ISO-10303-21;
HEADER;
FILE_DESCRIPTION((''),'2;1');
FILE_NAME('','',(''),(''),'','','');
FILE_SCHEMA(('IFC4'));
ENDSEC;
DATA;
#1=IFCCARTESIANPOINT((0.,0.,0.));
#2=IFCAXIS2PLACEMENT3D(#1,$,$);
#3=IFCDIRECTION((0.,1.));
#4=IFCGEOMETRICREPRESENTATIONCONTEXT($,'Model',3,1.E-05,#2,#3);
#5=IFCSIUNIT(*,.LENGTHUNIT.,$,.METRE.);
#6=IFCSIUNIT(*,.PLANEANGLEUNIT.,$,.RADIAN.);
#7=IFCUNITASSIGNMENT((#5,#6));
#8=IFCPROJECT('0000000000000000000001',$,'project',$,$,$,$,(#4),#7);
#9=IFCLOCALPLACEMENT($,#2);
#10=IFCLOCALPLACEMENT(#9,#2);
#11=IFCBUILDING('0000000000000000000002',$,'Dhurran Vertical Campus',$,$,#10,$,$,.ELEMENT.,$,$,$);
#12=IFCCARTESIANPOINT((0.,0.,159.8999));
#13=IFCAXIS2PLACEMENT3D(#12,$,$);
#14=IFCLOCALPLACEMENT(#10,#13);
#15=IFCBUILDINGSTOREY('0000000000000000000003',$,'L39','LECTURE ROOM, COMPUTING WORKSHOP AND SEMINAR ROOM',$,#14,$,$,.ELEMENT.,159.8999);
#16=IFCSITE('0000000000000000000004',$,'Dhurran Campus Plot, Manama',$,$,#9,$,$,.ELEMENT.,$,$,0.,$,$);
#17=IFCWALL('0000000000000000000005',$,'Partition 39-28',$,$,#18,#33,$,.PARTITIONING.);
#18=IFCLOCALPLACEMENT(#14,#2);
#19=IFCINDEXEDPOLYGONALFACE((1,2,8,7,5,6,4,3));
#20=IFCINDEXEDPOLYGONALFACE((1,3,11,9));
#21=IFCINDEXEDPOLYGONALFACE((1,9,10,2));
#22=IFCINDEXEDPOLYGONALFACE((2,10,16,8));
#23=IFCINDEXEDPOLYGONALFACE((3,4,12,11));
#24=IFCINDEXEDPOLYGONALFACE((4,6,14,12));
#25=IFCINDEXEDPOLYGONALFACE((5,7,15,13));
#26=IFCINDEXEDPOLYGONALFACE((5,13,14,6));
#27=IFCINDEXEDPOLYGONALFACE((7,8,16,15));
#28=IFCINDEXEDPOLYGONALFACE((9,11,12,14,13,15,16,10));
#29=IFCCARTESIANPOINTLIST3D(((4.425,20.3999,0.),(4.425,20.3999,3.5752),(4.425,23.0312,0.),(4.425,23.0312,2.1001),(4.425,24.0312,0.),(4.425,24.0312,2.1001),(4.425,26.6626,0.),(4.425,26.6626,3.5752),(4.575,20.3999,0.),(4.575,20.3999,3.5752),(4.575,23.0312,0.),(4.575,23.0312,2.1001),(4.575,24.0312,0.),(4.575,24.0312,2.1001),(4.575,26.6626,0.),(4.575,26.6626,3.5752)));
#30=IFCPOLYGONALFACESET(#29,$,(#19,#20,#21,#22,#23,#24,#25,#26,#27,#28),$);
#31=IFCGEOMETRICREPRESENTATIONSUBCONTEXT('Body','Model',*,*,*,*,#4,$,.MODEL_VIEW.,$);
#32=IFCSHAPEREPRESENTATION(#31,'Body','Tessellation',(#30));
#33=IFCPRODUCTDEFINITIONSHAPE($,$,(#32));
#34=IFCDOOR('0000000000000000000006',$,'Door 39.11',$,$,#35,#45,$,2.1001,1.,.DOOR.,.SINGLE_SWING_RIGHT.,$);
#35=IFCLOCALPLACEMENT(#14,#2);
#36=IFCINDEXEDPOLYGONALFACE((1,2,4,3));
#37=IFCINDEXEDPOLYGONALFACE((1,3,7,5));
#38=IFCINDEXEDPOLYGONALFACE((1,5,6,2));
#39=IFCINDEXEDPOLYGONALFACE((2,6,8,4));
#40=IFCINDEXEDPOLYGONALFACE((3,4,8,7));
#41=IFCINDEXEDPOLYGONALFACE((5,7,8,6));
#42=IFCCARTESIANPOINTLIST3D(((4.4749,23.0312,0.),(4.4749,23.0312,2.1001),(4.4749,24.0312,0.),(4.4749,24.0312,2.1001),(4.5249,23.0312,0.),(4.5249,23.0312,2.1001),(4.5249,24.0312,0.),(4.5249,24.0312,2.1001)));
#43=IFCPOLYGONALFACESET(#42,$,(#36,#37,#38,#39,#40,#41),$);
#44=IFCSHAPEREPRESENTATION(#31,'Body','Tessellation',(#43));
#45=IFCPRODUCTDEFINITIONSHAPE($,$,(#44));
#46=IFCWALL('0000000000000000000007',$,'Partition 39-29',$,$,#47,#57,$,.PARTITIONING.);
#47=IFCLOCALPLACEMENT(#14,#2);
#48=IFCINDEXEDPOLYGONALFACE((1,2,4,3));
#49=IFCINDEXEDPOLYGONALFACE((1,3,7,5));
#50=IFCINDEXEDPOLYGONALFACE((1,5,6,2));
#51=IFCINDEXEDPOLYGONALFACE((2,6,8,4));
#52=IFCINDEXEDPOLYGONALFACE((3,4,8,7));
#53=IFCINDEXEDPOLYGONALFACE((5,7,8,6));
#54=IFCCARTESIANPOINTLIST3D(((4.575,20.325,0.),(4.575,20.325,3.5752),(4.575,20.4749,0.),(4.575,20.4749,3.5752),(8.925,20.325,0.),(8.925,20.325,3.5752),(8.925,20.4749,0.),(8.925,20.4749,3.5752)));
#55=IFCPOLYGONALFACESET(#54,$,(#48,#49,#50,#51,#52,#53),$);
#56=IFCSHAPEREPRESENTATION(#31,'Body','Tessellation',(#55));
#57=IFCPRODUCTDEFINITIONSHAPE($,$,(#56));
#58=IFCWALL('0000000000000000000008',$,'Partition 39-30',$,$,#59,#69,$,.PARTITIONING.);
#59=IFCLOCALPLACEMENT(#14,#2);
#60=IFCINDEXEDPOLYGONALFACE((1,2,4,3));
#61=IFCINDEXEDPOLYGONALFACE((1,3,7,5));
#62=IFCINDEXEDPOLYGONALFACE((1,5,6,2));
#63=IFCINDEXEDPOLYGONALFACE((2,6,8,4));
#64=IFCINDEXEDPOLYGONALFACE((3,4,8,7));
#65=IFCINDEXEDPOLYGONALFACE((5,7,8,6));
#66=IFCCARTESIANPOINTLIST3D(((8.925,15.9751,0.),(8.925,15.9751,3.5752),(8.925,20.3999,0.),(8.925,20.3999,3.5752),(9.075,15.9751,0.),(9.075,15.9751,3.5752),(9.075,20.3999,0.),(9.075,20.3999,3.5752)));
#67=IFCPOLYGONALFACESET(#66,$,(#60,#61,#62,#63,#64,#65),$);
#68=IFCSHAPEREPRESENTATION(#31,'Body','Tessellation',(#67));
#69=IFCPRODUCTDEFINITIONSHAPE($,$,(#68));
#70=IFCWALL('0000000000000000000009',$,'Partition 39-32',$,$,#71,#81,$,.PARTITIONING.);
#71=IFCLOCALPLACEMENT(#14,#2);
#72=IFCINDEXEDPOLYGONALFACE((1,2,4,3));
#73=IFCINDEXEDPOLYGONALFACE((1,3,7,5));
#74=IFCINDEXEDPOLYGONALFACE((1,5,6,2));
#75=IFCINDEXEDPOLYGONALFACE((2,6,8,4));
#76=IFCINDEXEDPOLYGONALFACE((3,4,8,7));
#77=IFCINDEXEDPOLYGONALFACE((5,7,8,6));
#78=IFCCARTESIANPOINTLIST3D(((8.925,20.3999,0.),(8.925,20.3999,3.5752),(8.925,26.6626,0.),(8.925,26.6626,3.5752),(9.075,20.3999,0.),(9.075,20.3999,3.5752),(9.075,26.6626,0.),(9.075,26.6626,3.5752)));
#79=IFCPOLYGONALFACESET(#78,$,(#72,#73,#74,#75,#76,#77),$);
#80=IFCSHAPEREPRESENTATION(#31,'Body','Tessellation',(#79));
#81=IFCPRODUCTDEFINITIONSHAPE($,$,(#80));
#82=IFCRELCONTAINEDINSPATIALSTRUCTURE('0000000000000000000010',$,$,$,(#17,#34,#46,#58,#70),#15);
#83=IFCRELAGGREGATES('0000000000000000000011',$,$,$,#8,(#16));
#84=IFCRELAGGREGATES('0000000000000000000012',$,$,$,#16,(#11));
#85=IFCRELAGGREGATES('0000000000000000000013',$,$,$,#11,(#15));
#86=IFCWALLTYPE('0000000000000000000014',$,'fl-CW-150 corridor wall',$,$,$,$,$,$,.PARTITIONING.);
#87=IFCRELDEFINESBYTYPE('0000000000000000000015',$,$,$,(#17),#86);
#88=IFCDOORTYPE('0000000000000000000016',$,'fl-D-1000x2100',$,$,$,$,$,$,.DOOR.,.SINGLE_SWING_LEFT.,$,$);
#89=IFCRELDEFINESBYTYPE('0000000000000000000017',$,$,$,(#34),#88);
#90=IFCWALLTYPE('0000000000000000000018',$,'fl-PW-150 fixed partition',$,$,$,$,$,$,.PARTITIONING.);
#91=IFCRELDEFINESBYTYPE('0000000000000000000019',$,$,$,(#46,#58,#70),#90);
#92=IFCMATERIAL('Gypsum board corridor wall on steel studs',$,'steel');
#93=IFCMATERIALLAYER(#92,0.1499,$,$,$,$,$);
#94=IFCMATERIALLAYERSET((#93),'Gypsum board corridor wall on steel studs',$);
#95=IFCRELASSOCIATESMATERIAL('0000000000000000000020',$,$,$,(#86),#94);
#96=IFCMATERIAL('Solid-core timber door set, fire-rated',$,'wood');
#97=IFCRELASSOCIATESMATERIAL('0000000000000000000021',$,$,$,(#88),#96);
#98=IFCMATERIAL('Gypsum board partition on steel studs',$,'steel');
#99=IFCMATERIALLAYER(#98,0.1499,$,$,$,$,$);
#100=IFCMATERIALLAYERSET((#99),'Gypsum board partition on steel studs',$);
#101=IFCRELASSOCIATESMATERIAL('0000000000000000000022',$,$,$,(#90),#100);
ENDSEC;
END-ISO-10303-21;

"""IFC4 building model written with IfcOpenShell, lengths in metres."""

from ifc_helpers import new_model, si_unit, direction, frame, frame_2d, origin, place, context, subcontext, project, spatial, rectangle, extrude, material, layer, layer_set, type_object, element, fill, save


model = new_model("IFC4")

# Units and contexts
model_context = context("Model", 3, precision=1e-05, world=origin(), true_north=direction((0.0, 1.0)))
body_context = subcontext(model_context, "Body", "Model", "MODEL_VIEW")
ifc_project = project(units=[si_unit("LENGTHUNIT", "METRE"), si_unit("PLANEANGLEUNIT", "RADIAN")], contexts=[model_context])

# Site, building, storey
site_placement = place(None, origin())
site = spatial("IfcSite", under=ifc_project, at=site_placement, Name="Dhurran Campus Plot, Manama", CompositionType="ELEMENT", RefElevation=0.0)
building_placement = place(site_placement, origin())
building = spatial("IfcBuilding", under=site, at=building_placement, Name="Dhurran Vertical Campus", CompositionType="ELEMENT")
storey_placement = place(building_placement, frame((0.0, 0.0, 159.8999)))
storey = spatial("IfcBuildingStorey", under=building, at=storey_placement, Name="L39", Description="LECTURE ROOM, COMPUTING WORKSHOP AND SEMINAR ROOM", CompositionType="ELEMENT", Elevation=159.8999)

# Shared definitions
ifc_material_1 = material(Name="Gypsum board corridor wall on steel studs", Category="steel")
ifc_layer_1 = layer(ifc_material_1, 0.1499)
ifc_layer_set_1 = layer_set([ifc_layer_1], Name="Gypsum board corridor wall on steel studs")
wall_type_1 = type_object("IfcWallType", Name="fl-CW-150 corridor wall", PredefinedType="PARTITIONING", material=ifc_layer_set_1)
ifc_material_2 = material(Name="Solid-core timber door set, fire-rated", Category="wood")
door_type_1 = type_object("IfcDoorType", Name="fl-D-1000x2100", OperationType="SINGLE_SWING_LEFT", PredefinedType="DOOR", material=ifc_material_2)

# Wall, opening, door
wall_1_placement = place(storey_placement, frame((4.5, 26.6626, 0.0), z_axis=(0.0, 0.0, 1.0), x_axis=(0.0, -1.0, 0.0)))
wall_1 = element("IfcWall", 1, at=wall_1_placement, inside=storey, type_object=wall_type_1, Name="Partition 39-28", PredefinedType="PARTITIONING", context=body_context, shape_type="SweptSolid", body=[
    extrude(rectangle(XDim=6.2627, YDim=0.1499, at=frame_2d((3.1313, 0.0))), origin(), (0.0, 0.0, 1.0), 3.5752),
])
opening_1_placement = place(wall_1_placement, frame((2.6313, 0.0, 0.0)))
opening_1 = element("IfcOpeningElement", 2, at=opening_1_placement, cuts=wall_1, PredefinedType="OPENING", context=body_context, shape_type="SweptSolid", body=[
    extrude(rectangle(XDim=1.0, YDim=2.1001, at=frame_2d((0.5, 1.05))), frame((0.0, 0.085, 0.0), z_axis=(0.0, -1.0, 0.0), x_axis=(1.0, 0.0, 0.0)), (0.0, 0.0, 1.0), 0.1699),
])
door_1_placement = place(opening_1_placement, origin())
door_1 = element("IfcDoor", 3, at=door_1_placement, inside=storey, type_object=door_type_1, Name="Door 39.11", OperationType="SINGLE_SWING_RIGHT", OverallHeight=2.1001, OverallWidth=1.0, PredefinedType="DOOR", context=body_context, shape_type="SweptSolid", body=[
    extrude(rectangle(XDim=1.0, YDim=2.1001, at=frame_2d((0.5, 1.05))), frame((0.0, 0.0249, 0.0), z_axis=(0.0, -1.0, 0.0), x_axis=(1.0, 0.0, 0.0)), (0.0, 0.0, 1.0), 0.05),
])
fill(opening_1, door_1)

# Walls
ifc_material_3 = material(Name="Gypsum board partition on steel studs", Category="steel")
ifc_layer_2 = layer(ifc_material_3, 0.1499)
ifc_layer_set_2 = layer_set([ifc_layer_2], Name="Gypsum board partition on steel studs")
wall_type_2 = type_object("IfcWallType", Name="fl-PW-150 fixed partition", PredefinedType="PARTITIONING", material=ifc_layer_set_2)
wall_2_placement = place(storey_placement, frame((4.575, 20.3999, 0.0), z_axis=(0.0, 0.0, 1.0), x_axis=(1.0, 0.0, 0.0)))
element("IfcWall", 4, at=wall_2_placement, inside=storey, type_object=wall_type_2, Name="Partition 39-29", PredefinedType="PARTITIONING", context=body_context, shape_type="SweptSolid", body=[
    extrude(rectangle(XDim=4.3501, YDim=0.1499, at=frame_2d((2.175, 0.0))), origin(), (0.0, 0.0, 1.0), 3.5752),
])
wall_3_placement = place(storey_placement, frame((9.0, 20.3999, 0.0), z_axis=(0.0, 0.0, 1.0), x_axis=(0.0, -1.0, 0.0)))
element("IfcWall", 5, at=wall_3_placement, inside=storey, type_object=wall_type_2, Name="Partition 39-30", PredefinedType="PARTITIONING", context=body_context, shape_type="SweptSolid", body=[
    extrude(rectangle(XDim=4.4248, YDim=0.1499, at=frame_2d((2.2124, 0.0))), origin(), (0.0, 0.0, 1.0), 3.5752),
])
wall_4_placement = place(storey_placement, frame((9.0, 26.6626, 0.0), z_axis=(0.0, 0.0, 1.0), x_axis=(0.0, -1.0, 0.0)))
element("IfcWall", 6, at=wall_4_placement, inside=storey, type_object=wall_type_2, Name="Partition 39-32", PredefinedType="PARTITIONING", context=body_context, shape_type="SweptSolid", body=[
    extrude(rectangle(XDim=6.2627, YDim=0.1499, at=frame_2d((3.1313, 0.0))), origin(), (0.0, 0.0, 1.0), 3.5752),
])

save(model, "model.ifc")
